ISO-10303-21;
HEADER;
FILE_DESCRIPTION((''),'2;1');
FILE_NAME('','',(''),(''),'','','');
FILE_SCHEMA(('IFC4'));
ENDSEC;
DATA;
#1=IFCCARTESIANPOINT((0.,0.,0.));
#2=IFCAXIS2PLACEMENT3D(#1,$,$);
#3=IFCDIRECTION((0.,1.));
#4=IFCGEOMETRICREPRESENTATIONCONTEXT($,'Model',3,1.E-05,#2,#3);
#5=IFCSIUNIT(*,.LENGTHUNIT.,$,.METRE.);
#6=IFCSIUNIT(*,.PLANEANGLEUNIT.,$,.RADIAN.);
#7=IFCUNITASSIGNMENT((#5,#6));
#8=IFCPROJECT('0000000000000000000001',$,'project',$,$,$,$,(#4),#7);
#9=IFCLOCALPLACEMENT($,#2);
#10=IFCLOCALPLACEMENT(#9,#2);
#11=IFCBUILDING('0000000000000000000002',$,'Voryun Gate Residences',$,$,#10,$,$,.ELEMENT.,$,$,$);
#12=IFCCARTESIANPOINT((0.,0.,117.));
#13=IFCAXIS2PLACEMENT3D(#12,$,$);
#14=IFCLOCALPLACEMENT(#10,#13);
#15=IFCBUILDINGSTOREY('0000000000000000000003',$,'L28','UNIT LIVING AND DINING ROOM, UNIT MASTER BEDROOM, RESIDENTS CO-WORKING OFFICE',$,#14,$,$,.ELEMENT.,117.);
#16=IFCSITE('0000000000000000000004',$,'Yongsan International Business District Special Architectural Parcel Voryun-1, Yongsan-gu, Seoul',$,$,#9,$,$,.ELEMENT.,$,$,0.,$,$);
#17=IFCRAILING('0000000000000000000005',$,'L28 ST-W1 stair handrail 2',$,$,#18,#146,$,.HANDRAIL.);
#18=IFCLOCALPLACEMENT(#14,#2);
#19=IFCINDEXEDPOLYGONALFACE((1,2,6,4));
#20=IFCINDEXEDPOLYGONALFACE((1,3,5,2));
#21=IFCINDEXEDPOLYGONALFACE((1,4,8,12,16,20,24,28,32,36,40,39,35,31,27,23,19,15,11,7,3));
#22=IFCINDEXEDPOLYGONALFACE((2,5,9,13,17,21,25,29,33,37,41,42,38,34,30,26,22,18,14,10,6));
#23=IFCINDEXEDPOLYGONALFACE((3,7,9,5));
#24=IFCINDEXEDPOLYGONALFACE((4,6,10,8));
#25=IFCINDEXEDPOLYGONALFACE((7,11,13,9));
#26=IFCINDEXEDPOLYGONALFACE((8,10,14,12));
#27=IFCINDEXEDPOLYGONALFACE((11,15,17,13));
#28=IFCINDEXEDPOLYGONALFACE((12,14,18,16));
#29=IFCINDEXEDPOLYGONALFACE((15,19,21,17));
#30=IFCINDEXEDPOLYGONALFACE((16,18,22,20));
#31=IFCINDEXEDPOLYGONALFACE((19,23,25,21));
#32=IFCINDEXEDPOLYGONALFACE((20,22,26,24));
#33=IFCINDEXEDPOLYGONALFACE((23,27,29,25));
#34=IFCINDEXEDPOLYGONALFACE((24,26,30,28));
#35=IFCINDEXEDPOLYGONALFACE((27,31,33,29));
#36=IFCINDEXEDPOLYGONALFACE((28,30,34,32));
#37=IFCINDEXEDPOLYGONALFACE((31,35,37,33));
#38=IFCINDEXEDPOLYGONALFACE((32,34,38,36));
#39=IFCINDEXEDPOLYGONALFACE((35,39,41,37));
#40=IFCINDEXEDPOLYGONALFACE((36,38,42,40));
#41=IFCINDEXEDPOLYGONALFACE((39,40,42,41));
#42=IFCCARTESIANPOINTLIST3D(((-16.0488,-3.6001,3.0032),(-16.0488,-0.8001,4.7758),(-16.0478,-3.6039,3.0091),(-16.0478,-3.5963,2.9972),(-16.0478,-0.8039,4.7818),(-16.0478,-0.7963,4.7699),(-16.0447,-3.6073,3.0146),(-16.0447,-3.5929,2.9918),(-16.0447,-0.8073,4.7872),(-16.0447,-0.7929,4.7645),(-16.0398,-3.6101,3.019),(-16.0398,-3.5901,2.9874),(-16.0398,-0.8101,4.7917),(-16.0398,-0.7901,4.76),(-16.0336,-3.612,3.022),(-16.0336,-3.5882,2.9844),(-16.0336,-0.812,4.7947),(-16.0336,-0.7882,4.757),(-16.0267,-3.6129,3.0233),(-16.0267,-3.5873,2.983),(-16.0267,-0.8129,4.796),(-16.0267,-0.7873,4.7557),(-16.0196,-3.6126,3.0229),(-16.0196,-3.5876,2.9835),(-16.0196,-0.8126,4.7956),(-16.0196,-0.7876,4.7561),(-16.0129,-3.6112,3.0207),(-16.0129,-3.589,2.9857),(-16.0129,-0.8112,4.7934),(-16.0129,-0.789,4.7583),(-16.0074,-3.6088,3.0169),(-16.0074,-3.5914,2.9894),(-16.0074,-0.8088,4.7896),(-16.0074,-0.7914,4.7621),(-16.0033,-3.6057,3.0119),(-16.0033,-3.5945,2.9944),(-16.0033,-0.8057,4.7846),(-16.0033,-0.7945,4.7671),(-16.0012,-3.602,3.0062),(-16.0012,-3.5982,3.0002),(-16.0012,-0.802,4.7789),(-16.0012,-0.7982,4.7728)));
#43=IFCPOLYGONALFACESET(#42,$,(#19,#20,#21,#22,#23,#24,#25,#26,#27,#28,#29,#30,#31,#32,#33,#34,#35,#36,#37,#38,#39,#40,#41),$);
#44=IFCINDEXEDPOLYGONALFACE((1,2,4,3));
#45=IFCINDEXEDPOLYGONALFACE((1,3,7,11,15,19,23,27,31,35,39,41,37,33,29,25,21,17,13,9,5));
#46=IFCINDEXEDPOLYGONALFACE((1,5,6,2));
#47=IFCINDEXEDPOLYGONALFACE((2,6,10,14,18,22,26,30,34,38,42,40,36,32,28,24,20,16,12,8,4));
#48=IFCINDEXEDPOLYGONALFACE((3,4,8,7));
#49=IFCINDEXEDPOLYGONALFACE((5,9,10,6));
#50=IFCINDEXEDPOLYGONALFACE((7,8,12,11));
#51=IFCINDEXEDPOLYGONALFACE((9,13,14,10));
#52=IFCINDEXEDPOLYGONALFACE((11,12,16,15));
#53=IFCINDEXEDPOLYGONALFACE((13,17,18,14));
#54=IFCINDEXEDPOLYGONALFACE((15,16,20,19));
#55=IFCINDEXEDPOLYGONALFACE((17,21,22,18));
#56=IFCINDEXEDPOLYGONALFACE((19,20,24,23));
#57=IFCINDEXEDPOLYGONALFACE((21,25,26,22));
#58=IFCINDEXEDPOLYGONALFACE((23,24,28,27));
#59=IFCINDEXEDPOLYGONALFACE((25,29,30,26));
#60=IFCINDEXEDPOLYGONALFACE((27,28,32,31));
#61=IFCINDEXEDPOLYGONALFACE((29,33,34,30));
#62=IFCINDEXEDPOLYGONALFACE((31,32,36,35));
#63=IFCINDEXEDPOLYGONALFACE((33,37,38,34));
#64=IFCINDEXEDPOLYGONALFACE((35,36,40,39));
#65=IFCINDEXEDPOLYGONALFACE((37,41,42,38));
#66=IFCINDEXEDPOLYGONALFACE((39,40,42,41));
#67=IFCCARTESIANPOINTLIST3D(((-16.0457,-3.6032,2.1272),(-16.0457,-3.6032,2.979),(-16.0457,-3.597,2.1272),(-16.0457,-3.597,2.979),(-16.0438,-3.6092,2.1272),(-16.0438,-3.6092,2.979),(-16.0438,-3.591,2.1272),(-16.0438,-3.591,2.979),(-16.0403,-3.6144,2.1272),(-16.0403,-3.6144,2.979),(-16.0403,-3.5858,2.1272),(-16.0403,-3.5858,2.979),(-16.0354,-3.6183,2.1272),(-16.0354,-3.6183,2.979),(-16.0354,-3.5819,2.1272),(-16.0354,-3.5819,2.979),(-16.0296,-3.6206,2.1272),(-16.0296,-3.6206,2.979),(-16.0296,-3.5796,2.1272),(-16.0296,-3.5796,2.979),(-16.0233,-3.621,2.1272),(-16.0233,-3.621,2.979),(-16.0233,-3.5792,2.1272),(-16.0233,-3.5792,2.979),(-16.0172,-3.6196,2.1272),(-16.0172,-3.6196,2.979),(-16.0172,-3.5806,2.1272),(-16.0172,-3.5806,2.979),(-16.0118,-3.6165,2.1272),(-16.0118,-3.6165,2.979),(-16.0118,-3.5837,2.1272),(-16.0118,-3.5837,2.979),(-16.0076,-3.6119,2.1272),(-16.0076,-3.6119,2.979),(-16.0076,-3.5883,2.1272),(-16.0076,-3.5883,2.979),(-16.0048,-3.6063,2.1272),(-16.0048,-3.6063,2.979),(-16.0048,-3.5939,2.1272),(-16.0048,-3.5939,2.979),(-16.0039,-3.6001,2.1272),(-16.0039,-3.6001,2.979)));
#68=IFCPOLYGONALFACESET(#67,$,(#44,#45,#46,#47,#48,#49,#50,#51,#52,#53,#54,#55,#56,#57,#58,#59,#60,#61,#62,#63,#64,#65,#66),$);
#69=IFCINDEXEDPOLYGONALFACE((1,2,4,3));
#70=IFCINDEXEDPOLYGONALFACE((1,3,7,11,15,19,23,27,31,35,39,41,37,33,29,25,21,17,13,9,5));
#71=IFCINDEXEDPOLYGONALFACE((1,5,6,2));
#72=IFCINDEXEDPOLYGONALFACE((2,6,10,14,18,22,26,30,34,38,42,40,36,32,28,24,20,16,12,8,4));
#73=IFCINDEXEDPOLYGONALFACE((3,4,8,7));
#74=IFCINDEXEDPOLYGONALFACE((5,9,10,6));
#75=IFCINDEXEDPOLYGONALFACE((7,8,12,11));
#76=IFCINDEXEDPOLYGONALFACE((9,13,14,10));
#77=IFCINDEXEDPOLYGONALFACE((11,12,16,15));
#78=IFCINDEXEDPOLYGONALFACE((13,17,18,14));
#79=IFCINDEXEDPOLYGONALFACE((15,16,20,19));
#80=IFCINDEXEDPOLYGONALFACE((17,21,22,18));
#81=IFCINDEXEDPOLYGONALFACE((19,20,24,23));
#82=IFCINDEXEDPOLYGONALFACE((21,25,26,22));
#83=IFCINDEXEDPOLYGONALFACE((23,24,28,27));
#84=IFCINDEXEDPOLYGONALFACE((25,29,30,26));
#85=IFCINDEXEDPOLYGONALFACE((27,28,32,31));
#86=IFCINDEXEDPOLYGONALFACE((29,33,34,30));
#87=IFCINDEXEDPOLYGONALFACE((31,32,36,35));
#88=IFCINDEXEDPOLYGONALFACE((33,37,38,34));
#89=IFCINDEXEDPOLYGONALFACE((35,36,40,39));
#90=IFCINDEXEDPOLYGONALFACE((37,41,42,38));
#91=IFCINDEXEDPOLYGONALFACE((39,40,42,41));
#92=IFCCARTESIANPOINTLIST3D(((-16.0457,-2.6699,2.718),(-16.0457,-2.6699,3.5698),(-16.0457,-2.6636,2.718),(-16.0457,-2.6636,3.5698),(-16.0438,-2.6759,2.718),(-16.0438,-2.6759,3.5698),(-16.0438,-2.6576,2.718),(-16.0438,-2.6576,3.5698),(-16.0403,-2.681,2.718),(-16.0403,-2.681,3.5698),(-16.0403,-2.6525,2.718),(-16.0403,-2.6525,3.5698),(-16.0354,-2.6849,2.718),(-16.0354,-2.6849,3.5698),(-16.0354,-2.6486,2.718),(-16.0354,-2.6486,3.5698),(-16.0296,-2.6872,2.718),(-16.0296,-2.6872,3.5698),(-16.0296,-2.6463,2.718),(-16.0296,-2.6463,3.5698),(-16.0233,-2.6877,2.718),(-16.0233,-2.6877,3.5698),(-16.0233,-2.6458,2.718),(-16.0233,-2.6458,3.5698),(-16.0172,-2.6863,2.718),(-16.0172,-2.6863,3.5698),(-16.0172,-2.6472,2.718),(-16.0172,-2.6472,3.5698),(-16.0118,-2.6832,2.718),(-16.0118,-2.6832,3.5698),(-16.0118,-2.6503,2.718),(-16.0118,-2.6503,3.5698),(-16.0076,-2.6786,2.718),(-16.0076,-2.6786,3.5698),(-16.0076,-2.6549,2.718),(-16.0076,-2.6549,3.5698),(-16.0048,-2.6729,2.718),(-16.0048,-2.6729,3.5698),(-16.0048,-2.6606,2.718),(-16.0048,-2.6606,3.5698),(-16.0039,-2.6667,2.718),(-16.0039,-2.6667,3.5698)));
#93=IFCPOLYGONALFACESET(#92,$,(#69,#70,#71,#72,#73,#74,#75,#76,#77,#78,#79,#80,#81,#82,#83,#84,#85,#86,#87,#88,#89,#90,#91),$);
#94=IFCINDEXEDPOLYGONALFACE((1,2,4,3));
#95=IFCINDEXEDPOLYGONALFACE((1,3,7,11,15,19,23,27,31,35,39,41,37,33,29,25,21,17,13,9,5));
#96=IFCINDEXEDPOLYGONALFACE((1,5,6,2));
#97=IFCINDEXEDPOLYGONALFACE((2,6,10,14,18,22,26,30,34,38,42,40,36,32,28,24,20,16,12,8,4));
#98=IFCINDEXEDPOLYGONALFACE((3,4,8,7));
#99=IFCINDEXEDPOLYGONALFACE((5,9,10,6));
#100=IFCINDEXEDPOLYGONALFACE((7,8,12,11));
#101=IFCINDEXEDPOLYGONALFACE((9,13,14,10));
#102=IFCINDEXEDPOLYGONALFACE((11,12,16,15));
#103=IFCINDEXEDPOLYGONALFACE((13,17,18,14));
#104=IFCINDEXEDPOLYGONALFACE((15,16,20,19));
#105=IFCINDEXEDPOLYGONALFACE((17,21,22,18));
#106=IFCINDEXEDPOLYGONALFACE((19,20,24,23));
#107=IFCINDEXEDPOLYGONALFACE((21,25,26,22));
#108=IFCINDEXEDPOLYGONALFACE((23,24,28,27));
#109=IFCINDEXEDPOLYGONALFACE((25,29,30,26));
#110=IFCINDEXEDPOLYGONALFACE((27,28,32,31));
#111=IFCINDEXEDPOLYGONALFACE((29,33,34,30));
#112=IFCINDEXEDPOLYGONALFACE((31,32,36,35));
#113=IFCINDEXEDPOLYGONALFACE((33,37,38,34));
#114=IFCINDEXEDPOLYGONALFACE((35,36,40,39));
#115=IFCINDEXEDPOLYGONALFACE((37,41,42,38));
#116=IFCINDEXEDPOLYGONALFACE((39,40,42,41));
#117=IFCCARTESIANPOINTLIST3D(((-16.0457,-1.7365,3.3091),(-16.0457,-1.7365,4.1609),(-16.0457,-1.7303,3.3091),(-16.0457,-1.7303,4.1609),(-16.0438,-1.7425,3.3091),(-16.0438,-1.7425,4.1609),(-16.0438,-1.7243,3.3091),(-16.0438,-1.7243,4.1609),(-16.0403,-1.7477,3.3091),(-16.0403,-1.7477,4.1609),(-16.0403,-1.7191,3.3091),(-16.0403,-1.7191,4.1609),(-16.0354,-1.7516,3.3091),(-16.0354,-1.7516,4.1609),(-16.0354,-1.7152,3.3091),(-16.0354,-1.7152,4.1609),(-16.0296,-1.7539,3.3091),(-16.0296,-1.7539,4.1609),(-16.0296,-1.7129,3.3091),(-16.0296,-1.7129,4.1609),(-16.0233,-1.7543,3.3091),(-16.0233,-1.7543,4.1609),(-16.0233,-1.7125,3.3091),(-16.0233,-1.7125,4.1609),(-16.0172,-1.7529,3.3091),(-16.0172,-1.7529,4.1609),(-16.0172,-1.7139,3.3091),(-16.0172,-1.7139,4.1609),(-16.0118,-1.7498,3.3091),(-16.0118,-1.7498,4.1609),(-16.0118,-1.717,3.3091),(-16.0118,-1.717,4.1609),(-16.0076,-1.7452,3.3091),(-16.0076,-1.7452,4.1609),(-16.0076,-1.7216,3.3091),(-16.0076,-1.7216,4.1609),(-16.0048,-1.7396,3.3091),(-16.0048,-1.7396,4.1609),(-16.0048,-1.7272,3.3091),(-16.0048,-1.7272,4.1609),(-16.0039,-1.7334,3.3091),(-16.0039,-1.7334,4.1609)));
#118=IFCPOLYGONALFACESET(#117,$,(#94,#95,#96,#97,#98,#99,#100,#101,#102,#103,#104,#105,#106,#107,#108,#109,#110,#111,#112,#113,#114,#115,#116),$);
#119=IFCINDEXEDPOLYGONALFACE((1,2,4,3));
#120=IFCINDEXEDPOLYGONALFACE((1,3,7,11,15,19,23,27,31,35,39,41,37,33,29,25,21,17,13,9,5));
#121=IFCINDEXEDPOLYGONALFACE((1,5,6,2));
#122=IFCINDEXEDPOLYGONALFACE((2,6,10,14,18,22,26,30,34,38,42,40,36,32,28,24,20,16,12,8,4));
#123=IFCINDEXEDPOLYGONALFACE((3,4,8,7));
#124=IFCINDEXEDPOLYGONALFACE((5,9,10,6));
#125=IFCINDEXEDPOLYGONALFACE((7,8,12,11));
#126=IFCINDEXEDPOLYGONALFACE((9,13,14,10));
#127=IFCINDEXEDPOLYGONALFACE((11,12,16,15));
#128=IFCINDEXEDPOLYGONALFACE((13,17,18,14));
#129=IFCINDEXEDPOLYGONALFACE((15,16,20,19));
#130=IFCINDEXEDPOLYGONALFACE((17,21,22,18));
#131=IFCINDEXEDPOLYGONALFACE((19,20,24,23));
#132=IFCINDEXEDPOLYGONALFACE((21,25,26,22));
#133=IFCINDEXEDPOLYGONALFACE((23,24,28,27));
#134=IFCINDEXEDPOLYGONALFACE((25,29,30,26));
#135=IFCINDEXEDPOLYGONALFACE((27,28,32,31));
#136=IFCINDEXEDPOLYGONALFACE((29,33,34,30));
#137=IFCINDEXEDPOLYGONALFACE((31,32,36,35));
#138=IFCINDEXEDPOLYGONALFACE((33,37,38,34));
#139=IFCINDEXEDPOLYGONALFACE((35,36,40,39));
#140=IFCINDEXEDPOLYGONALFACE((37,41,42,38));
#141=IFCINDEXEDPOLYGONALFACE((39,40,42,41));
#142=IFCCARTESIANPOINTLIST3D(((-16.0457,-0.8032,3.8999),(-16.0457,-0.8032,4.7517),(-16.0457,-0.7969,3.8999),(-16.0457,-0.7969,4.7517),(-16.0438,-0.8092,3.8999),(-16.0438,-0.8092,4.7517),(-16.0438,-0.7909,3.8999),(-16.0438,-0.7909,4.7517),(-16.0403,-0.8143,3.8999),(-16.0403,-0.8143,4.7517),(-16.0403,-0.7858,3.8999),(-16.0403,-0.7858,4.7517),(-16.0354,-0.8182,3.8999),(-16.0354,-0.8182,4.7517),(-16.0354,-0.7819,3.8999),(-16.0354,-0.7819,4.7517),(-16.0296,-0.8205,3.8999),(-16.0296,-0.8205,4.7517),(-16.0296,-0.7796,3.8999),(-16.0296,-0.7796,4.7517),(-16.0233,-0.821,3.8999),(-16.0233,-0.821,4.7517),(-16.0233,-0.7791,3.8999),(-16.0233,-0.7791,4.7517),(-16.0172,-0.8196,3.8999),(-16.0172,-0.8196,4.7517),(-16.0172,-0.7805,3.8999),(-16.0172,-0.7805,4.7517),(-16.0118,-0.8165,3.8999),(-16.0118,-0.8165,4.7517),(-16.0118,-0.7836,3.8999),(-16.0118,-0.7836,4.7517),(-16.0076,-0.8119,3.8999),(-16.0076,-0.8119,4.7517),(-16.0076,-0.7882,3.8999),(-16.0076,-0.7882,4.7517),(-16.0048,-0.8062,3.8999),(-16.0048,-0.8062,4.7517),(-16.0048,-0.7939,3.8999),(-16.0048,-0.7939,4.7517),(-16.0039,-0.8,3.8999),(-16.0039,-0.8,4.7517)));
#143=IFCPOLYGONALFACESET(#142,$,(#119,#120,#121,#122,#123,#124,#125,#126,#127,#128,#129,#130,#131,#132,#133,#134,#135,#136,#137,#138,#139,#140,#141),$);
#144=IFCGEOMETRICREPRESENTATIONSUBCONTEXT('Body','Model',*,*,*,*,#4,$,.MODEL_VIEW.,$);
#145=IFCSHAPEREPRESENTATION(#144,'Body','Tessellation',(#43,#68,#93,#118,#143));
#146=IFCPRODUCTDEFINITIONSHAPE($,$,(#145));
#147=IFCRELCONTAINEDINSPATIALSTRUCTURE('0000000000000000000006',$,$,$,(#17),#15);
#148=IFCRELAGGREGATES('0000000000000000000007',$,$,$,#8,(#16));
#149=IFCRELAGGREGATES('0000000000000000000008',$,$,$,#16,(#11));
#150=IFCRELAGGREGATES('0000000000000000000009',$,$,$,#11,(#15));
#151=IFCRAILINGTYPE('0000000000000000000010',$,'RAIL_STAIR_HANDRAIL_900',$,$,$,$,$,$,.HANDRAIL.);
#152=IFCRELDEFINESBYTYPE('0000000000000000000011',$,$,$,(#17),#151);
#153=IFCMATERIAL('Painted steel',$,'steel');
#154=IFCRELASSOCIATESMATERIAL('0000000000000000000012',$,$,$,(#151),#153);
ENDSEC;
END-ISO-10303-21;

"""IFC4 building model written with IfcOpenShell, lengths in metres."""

from ifc_helpers import new_model, si_unit, direction, frame, origin, origin_2d, place, context, subcontext, project, spatial, circle, extrude, material, type_object, element, save


model = new_model("IFC4")

# Units and contexts
model_context = context("Model", 3, precision=1e-05, world=origin(), true_north=direction((0.0, 1.0)))
body_context = subcontext(model_context, "Body", "Model", "MODEL_VIEW")
ifc_project = project(units=[si_unit("LENGTHUNIT", "METRE"), si_unit("PLANEANGLEUNIT", "RADIAN")], contexts=[model_context])

# Site, building, storey
site_placement = place(None, origin())
site = spatial("IfcSite", under=ifc_project, at=site_placement, Name="Yongsan International Business District Special Architectural Parcel Voryun-1, Yongsan-gu, Seoul", CompositionType="ELEMENT", RefElevation=0.0)
building_placement = place(site_placement, origin())
building = spatial("IfcBuilding", under=site, at=building_placement, Name="Voryun Gate Residences", CompositionType="ELEMENT")
storey_placement = place(building_placement, frame((0.0, 0.0, 117.0)))
storey = spatial("IfcBuildingStorey", under=building, at=storey_placement, Name="L28", Description="UNIT LIVING AND DINING ROOM, UNIT MASTER BEDROOM, RESIDENTS CO-WORKING OFFICE", CompositionType="ELEMENT", Elevation=117.0)

# Railing
ifc_material_1 = material(Name="Painted steel", Category="steel")
railing_type_1 = type_object("IfcRailingType", Name="RAIL_STAIR_HANDRAIL_900", PredefinedType="HANDRAIL", material=ifc_material_1)
railing_1_placement = place(storey_placement, frame((-16.0249, -3.6001, 2.1272)))
element("IfcRailing", 1, at=railing_1_placement, inside=storey, type_object=railing_type_1, Name="L28 ST-W1 stair handrail 2", PredefinedType="HANDRAIL", context=body_context, shape_type="SweptSolid", body=[
    extrude(circle(Radius=0.0239, at=origin_2d()), frame((0.0, 0.0, 0.876), z_axis=(0.0, 0.844909, 0.53491), x_axis=(-1.0, 0.0, 0.0)), (0.0, 0.0, 1.0), 3.314),
    extrude(circle(Radius=0.021, at=origin_2d()), origin(), (0.0, 0.0, 1.0), 0.8518),
    extrude(circle(Radius=0.021, at=origin_2d()), frame((0.0, 0.9333, 0.5908)), (0.0, 0.0, 1.0), 0.8518),
    extrude(circle(Radius=0.021, at=origin_2d()), frame((0.0, 1.8667, 1.1819)), (0.0, 0.0, 1.0), 0.8518),
    extrude(circle(Radius=0.021, at=origin_2d()), frame((0.0, 2.8, 1.7727)), (0.0, 0.0, 1.0), 0.8518),
])

save(model, "model.ifc")
